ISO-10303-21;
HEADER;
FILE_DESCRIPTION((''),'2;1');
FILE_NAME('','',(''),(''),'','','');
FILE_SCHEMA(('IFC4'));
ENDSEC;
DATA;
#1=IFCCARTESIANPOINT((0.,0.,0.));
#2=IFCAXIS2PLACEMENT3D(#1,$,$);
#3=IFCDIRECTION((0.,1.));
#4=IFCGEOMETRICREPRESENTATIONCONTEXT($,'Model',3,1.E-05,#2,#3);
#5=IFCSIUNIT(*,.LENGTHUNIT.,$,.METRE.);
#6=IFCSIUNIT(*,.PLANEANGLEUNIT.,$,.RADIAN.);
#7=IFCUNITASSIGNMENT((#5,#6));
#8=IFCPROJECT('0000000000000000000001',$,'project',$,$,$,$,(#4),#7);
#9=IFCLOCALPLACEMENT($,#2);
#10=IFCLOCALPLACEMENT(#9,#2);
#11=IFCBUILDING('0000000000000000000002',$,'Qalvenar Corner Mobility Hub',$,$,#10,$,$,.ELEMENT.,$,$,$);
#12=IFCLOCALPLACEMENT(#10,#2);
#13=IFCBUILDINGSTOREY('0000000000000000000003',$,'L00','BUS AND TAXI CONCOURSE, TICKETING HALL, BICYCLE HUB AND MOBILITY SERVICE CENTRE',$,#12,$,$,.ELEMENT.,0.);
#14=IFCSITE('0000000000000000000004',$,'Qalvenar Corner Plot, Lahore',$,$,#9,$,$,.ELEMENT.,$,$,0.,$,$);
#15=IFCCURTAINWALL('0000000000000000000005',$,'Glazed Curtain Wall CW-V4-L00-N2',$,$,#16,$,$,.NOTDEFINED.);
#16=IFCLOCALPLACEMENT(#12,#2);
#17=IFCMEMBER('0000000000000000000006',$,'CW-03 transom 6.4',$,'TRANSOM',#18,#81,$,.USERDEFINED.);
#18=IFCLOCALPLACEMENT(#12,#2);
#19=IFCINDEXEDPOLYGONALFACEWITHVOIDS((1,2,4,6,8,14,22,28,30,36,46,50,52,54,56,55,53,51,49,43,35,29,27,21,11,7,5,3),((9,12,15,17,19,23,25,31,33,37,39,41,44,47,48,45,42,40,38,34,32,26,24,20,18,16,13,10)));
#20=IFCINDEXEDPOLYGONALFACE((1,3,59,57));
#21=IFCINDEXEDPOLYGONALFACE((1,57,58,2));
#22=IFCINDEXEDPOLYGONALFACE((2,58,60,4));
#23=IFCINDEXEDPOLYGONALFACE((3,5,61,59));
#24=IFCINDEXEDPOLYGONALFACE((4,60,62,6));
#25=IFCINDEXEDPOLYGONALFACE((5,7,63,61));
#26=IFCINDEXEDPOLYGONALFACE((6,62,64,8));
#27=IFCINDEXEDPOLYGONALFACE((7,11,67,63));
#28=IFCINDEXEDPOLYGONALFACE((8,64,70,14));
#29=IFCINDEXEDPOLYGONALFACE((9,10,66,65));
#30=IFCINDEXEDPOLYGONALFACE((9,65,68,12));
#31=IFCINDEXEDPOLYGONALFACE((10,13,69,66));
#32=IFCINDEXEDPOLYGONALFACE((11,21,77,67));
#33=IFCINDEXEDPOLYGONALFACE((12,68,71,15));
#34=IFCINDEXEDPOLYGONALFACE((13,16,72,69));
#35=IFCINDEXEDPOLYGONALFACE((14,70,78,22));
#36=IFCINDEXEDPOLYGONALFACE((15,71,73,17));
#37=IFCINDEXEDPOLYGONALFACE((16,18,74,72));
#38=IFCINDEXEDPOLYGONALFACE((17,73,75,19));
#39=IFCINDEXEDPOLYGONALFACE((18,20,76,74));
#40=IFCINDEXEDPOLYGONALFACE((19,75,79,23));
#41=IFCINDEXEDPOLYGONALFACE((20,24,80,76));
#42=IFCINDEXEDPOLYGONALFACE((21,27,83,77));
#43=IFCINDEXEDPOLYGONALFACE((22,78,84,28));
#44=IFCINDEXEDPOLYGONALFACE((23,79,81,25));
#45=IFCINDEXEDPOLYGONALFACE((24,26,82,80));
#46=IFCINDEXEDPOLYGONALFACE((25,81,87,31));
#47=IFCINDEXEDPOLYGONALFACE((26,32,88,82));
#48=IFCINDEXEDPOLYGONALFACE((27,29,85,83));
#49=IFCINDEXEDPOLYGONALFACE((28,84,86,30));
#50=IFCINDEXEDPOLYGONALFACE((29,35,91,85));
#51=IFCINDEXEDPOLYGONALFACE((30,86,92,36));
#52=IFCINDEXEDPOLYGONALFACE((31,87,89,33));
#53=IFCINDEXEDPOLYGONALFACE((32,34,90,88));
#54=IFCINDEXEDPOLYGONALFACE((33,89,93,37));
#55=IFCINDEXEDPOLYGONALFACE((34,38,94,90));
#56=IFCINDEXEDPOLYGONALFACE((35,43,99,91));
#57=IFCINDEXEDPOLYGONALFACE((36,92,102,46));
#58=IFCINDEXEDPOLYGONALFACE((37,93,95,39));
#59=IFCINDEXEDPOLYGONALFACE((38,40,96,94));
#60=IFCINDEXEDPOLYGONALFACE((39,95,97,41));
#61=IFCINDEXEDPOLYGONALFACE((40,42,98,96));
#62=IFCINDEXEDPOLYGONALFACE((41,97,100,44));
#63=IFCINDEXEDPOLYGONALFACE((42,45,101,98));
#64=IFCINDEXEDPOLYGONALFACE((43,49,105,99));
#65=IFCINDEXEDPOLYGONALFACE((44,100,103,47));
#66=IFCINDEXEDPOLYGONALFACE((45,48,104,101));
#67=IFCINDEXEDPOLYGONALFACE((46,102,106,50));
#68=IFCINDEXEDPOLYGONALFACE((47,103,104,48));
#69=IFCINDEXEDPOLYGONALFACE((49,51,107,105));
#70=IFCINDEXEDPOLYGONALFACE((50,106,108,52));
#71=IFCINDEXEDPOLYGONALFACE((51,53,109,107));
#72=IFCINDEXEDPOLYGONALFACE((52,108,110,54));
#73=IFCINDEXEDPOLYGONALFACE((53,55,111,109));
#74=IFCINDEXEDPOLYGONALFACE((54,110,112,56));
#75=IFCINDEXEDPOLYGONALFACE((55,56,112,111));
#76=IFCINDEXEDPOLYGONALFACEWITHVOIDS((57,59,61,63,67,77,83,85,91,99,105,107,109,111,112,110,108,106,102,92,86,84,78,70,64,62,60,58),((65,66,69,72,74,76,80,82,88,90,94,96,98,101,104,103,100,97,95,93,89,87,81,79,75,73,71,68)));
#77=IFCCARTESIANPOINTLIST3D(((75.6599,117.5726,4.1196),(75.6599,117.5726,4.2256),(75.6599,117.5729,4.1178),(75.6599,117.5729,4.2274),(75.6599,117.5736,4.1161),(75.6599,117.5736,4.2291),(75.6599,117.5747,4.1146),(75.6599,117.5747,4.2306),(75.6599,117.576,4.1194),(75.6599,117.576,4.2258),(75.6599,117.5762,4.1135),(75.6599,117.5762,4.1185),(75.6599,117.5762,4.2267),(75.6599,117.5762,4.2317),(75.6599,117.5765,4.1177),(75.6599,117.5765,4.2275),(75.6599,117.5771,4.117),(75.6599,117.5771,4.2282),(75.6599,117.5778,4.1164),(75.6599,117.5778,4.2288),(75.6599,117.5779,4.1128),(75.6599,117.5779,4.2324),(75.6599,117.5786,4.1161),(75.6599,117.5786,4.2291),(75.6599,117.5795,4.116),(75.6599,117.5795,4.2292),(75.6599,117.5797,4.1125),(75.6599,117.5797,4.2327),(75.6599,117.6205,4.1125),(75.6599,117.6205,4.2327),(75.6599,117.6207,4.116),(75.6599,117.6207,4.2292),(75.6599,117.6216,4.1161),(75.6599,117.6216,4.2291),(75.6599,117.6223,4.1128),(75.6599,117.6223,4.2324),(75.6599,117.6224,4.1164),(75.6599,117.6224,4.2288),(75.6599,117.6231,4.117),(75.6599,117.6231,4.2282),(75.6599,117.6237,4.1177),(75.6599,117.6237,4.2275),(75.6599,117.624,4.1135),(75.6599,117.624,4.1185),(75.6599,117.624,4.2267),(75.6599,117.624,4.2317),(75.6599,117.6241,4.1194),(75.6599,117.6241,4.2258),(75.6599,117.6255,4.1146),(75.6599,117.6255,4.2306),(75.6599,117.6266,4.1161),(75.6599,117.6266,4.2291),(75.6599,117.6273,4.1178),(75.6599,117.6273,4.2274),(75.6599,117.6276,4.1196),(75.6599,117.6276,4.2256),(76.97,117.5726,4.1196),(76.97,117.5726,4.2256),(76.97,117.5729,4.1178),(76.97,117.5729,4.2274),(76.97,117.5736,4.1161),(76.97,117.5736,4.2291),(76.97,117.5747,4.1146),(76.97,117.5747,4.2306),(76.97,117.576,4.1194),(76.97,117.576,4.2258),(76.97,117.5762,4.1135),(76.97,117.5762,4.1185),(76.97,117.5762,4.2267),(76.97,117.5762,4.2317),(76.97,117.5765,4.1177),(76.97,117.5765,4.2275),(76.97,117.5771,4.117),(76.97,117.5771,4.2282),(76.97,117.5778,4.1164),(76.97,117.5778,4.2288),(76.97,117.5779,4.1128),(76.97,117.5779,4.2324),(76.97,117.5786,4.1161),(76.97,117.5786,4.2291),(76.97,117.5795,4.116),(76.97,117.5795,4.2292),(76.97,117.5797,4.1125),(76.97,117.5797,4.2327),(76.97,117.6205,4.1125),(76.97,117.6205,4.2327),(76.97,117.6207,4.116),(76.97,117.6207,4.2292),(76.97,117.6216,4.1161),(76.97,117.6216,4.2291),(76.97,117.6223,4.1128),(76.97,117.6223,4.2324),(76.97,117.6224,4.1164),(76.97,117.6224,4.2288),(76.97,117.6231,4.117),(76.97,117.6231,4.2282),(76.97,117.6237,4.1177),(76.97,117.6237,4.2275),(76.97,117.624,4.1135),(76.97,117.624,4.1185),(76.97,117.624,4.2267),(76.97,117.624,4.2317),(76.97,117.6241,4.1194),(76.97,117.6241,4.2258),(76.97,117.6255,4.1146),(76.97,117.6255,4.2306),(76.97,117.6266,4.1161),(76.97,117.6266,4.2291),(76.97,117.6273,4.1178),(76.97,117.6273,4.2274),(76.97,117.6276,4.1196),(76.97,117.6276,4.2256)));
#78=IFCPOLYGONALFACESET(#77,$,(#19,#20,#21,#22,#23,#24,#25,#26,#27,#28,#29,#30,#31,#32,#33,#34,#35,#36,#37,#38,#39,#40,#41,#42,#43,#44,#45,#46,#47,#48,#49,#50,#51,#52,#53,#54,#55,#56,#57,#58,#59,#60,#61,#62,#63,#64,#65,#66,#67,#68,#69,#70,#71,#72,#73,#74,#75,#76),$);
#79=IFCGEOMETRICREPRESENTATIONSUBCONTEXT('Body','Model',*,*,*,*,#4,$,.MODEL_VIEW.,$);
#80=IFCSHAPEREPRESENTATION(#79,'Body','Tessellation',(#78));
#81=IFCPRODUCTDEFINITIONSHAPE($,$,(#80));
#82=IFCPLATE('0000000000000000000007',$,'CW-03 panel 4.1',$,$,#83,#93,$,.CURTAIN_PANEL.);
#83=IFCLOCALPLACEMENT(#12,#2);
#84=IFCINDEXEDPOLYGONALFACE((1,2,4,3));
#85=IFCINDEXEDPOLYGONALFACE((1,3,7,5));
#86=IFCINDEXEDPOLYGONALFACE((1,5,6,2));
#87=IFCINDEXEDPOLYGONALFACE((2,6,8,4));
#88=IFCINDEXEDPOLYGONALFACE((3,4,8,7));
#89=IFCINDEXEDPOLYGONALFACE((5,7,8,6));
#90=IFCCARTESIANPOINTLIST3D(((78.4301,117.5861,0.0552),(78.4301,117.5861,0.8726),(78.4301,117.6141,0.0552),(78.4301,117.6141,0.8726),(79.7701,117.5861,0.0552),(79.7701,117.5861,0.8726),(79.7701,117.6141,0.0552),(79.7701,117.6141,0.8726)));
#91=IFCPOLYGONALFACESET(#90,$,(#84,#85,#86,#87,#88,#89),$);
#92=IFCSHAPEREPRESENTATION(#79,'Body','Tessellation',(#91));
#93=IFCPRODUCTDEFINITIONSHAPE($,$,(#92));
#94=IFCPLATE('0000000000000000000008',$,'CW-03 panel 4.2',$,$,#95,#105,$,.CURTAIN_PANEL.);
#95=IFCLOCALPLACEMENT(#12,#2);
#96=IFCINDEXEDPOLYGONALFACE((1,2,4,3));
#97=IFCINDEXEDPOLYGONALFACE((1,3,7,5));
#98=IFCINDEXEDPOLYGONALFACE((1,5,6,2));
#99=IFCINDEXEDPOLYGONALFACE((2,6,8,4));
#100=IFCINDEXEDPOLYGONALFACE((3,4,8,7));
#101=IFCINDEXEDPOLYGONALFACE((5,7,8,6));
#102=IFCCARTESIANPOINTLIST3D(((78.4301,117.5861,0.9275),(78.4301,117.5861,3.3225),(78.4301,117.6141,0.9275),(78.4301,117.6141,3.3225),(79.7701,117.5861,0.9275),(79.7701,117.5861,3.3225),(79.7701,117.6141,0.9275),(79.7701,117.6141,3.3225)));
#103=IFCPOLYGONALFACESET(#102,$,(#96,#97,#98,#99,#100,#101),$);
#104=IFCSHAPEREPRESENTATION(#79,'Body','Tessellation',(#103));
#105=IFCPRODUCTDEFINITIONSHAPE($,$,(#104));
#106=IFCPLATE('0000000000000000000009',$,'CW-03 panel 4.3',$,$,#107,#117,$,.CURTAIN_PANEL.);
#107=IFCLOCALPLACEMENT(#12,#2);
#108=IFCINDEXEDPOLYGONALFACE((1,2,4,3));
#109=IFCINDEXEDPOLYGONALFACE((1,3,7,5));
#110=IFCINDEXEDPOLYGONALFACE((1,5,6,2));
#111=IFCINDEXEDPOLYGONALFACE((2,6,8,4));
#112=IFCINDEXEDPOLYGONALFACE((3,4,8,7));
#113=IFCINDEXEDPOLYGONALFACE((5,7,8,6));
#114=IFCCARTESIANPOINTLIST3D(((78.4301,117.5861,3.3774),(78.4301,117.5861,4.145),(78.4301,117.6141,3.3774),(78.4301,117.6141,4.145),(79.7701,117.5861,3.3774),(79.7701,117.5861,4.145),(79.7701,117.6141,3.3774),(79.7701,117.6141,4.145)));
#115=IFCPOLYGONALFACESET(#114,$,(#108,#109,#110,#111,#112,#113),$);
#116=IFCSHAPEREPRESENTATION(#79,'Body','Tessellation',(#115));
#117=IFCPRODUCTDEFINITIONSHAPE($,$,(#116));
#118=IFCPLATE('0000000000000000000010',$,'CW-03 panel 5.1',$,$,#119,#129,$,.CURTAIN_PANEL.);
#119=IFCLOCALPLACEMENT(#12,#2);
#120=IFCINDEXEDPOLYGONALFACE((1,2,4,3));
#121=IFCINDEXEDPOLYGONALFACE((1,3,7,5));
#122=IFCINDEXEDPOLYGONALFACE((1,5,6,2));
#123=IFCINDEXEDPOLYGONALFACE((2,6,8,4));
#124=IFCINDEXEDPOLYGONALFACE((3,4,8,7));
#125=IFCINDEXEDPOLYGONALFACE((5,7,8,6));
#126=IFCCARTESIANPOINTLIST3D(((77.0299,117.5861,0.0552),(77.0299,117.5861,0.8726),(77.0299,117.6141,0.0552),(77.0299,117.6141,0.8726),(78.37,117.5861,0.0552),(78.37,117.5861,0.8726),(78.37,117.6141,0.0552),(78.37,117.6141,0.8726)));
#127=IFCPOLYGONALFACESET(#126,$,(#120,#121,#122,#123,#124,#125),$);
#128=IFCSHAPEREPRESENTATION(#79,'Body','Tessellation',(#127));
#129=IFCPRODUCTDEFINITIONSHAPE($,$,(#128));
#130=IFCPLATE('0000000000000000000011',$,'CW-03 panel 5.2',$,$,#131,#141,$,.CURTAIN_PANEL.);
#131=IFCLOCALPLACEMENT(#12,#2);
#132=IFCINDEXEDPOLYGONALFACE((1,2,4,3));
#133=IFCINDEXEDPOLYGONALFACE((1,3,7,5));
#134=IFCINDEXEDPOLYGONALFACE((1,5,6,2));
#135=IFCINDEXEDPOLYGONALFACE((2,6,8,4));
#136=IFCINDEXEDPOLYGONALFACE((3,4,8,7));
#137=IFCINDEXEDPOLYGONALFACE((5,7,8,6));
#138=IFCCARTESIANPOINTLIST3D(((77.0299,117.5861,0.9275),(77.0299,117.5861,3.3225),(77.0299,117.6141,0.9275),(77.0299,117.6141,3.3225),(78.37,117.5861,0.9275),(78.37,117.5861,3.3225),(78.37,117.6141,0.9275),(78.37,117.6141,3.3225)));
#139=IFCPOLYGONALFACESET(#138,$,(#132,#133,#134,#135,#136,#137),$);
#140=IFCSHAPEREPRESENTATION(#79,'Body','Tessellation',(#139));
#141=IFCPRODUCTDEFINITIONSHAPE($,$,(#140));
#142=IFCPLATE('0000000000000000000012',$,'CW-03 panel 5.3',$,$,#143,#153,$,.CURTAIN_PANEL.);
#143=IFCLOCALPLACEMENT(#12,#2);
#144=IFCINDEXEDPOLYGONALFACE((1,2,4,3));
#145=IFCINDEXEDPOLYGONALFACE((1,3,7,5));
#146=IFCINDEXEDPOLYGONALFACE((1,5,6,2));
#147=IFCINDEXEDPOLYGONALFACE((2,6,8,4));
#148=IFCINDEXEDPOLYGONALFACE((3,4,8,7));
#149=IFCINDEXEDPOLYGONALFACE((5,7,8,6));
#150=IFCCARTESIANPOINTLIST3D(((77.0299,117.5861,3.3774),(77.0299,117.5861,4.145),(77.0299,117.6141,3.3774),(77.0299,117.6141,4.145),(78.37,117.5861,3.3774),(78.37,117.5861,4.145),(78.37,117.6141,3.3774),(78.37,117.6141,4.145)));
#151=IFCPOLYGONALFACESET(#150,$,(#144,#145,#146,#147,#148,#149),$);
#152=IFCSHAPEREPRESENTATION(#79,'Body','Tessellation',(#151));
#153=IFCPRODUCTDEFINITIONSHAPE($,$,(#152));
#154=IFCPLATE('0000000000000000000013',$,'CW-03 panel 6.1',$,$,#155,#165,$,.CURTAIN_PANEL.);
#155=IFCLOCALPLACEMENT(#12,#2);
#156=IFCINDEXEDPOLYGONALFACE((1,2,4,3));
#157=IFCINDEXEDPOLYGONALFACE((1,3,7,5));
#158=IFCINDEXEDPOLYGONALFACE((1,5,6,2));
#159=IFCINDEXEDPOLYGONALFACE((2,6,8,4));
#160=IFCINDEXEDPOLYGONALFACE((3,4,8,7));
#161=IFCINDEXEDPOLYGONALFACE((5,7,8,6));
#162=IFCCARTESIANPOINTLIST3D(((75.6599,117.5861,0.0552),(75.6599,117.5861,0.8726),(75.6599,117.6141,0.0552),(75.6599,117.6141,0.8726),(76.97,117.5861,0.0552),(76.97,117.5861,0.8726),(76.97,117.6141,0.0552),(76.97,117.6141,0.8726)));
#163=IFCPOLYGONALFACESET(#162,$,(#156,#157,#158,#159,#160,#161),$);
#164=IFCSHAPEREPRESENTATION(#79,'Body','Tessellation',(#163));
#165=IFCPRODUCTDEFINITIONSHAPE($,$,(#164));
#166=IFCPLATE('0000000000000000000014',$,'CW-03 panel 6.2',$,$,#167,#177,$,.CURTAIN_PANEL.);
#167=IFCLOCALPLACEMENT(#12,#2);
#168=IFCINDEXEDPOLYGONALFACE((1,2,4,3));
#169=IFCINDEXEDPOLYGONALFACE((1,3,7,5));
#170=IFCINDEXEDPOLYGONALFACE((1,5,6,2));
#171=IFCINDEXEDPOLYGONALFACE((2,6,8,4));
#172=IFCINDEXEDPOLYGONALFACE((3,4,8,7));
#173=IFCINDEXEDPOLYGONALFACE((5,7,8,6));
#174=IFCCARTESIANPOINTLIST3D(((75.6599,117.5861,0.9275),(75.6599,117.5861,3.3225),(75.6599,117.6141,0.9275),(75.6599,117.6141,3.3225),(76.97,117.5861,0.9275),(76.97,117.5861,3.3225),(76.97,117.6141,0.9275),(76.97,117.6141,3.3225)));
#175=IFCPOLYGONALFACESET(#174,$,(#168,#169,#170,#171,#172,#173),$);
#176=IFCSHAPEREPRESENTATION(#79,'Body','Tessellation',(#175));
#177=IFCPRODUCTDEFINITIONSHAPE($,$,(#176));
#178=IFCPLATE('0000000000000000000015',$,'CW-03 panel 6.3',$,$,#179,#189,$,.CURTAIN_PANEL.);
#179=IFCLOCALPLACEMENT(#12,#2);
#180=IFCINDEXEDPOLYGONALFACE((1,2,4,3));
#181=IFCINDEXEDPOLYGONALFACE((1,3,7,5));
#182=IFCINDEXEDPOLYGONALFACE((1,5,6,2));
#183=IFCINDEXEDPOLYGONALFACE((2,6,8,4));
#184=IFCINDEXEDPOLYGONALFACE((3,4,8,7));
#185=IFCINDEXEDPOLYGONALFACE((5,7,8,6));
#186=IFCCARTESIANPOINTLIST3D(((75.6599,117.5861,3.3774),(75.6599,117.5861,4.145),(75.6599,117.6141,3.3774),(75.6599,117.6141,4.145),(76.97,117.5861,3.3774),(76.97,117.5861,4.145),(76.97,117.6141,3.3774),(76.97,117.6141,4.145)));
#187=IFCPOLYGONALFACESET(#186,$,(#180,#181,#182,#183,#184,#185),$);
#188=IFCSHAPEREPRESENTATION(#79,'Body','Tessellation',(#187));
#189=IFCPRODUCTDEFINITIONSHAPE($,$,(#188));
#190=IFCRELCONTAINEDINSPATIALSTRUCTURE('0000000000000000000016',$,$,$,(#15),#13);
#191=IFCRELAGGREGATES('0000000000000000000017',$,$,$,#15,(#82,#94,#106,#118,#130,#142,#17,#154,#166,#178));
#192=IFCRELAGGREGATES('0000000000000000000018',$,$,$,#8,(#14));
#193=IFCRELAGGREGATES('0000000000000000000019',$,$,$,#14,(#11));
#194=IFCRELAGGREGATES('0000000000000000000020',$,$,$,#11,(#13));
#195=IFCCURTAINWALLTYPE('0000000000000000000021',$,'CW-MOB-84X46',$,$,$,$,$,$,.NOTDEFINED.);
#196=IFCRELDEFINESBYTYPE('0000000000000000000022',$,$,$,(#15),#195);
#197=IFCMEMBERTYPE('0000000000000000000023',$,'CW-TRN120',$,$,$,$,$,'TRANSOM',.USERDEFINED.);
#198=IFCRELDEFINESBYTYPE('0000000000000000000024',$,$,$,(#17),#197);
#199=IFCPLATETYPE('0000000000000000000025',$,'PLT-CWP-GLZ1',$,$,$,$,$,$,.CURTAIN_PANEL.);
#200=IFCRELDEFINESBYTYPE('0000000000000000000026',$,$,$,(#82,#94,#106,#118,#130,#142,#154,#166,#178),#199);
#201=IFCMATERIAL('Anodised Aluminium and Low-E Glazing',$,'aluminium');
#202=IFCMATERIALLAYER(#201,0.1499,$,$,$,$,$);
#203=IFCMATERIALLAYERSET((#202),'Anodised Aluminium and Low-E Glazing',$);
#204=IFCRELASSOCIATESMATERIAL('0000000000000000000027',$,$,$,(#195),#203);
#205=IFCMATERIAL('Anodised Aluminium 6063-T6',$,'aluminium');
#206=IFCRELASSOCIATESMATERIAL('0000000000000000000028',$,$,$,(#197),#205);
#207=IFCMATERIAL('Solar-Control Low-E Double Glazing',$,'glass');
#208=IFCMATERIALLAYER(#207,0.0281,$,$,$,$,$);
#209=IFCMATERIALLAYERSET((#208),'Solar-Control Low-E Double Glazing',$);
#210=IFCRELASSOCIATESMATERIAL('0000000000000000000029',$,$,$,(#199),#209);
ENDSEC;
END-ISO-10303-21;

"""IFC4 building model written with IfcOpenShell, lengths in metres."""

from ifc_helpers import new_model, si_unit, direction, frame, origin, origin_2d, place, context, subcontext, project, spatial, rectangle, hollow_rectangle, extrude, material, layer, layer_set, material_profile, profile_set, type_object, element, aggregate, save


model = new_model("IFC4")

# Units and contexts
model_context = context("Model", 3, precision=1e-05, world=origin(), true_north=direction((0.0, 1.0)))
body_context = subcontext(model_context, "Body", "Model", "MODEL_VIEW")
ifc_project = project(units=[si_unit("LENGTHUNIT", "METRE"), si_unit("PLANEANGLEUNIT", "RADIAN")], contexts=[model_context])

# Site, building, storey
site_placement = place(None, origin())
site = spatial("IfcSite", under=ifc_project, at=site_placement, Name="Qalvenar Corner Plot, Lahore", CompositionType="ELEMENT", RefElevation=0.0)
building_placement = place(site_placement, origin())
building = spatial("IfcBuilding", under=site, at=building_placement, Name="Qalvenar Corner Mobility Hub", CompositionType="ELEMENT")
storey_placement = place(building_placement, origin())
storey = spatial("IfcBuildingStorey", under=building, at=storey_placement, Name="L00", Description="BUS AND TAXI CONCOURSE, TICKETING HALL, BICYCLE HUB AND MOBILITY SERVICE CENTRE", CompositionType="ELEMENT", Elevation=0.0)

# Curtain wall, member, plates
ifc_material_1 = material(Name="Anodised Aluminium and Low-E Glazing", Category="aluminium")
ifc_layer_1 = layer(ifc_material_1, 0.1499)
ifc_layer_set_1 = layer_set([ifc_layer_1], Name="Anodised Aluminium and Low-E Glazing")
curtain_wall_type = type_object("IfcCurtainWallType", Name="CW-MOB-84X46", PredefinedType="NOTDEFINED", material=ifc_layer_set_1)
curtain_wall_placement = place(storey_placement, origin())
curtain_wall = element("IfcCurtainWall", 1, at=curtain_wall_placement, inside=storey, type_object=curtain_wall_type, Name="Glazed Curtain Wall CW-V4-L00-N2", PredefinedType="NOTDEFINED")
ifc_material_2 = material(Name="Anodised Aluminium 6063-T6", Category="aluminium")
ifc_material_profile_1 = material_profile(ifc_material_2, hollow_rectangle(XDim=0.0549, YDim=0.1201, WallThickness=0.0034, InnerFilletRadius=0.0034, OuterFilletRadius=0.0071, at=origin_2d()), Name="RHS120x55x3.5")
ifc_profile_set_1 = profile_set([ifc_material_profile_1], Name="Anodised Aluminium 6063-T6")
member_type_1 = type_object("IfcMemberType", Name="CW-TRN120", ElementType="TRANSOM", PredefinedType="USERDEFINED", material=ifc_profile_set_1)
member_1_placement = place(storey_placement, frame((76.97, 117.6001, 4.1726), z_axis=(-1.0, 0.0, 0.0), x_axis=(0.0, -1.0, 0.0)))
member_1 = element("IfcMember", 2, at=member_1_placement, type_object=member_type_1, Name="CW-03 transom 6.4", ObjectType="TRANSOM", PredefinedType="USERDEFINED", context=body_context, shape_type="SweptSolid", body=[
    extrude(hollow_rectangle(XDim=0.0549, YDim=0.1201, WallThickness=0.0034, InnerFilletRadius=0.0034, OuterFilletRadius=0.0071, at=origin_2d()), origin(), (0.0, 0.0, 1.0), 1.3101),
])
ifc_material_3 = material(Name="Solar-Control Low-E Double Glazing", Category="glass")
ifc_layer_2 = layer(ifc_material_3, 0.0281)
ifc_layer_set_2 = layer_set([ifc_layer_2], Name="Solar-Control Low-E Double Glazing")
plate_type = type_object("IfcPlateType", Name="PLT-CWP-GLZ1", PredefinedType="CURTAIN_PANEL", material=ifc_layer_set_2)
plate_1_placement = place(storey_placement, frame((79.1001, 117.6001, 0.0552), z_axis=(0.0, 0.0, 1.0), x_axis=(-1.0, 0.0, 0.0)))
plate_1 = element("IfcPlate", 3, at=plate_1_placement, type_object=plate_type, Name="CW-03 panel 4.1", PredefinedType="CURTAIN_PANEL", context=body_context, shape_type="SweptSolid", body=[
    extrude(rectangle(XDim=1.3401, YDim=0.0281, at=origin_2d()), origin(), (0.0, 0.0, 1.0), 0.8174),
])
plate_2_placement = place(storey_placement, frame((79.1001, 117.6001, 0.9275), z_axis=(0.0, 0.0, 1.0), x_axis=(-1.0, 0.0, 0.0)))
plate_2 = element("IfcPlate", 4, at=plate_2_placement, type_object=plate_type, Name="CW-03 panel 4.2", PredefinedType="CURTAIN_PANEL", context=body_context, shape_type="SweptSolid", body=[
    extrude(rectangle(XDim=1.3401, YDim=0.0281, at=origin_2d()), origin(), (0.0, 0.0, 1.0), 2.395),
])
plate_3_placement = place(storey_placement, frame((79.1001, 117.6001, 3.3774), z_axis=(0.0, 0.0, 1.0), x_axis=(-1.0, 0.0, 0.0)))
plate_3 = element("IfcPlate", 5, at=plate_3_placement, type_object=plate_type, Name="CW-03 panel 4.3", PredefinedType="CURTAIN_PANEL", context=body_context, shape_type="SweptSolid", body=[
    extrude(rectangle(XDim=1.3401, YDim=0.0281, at=origin_2d()), origin(), (0.0, 0.0, 1.0), 0.7676),
])
plate_4_placement = place(storey_placement, frame((77.7, 117.6001, 0.0552), z_axis=(0.0, 0.0, 1.0), x_axis=(-1.0, 0.0, 0.0)))
plate_4 = element("IfcPlate", 6, at=plate_4_placement, type_object=plate_type, Name="CW-03 panel 5.1", PredefinedType="CURTAIN_PANEL", context=body_context, shape_type="SweptSolid", body=[
    extrude(rectangle(XDim=1.3401, YDim=0.0281, at=origin_2d()), origin(), (0.0, 0.0, 1.0), 0.8174),
])
plate_5_placement = place(storey_placement, frame((77.7, 117.6001, 0.9275), z_axis=(0.0, 0.0, 1.0), x_axis=(-1.0, 0.0, 0.0)))
plate_5 = element("IfcPlate", 7, at=plate_5_placement, type_object=plate_type, Name="CW-03 panel 5.2", PredefinedType="CURTAIN_PANEL", context=body_context, shape_type="SweptSolid", body=[
    extrude(rectangle(XDim=1.3401, YDim=0.0281, at=origin_2d()), origin(), (0.0, 0.0, 1.0), 2.395),
])
plate_6_placement = place(storey_placement, frame((77.7, 117.6001, 3.3774), z_axis=(0.0, 0.0, 1.0), x_axis=(-1.0, 0.0, 0.0)))
plate_6 = element("IfcPlate", 8, at=plate_6_placement, type_object=plate_type, Name="CW-03 panel 5.3", PredefinedType="CURTAIN_PANEL", context=body_context, shape_type="SweptSolid", body=[
    extrude(rectangle(XDim=1.3401, YDim=0.0281, at=origin_2d()), origin(), (0.0, 0.0, 1.0), 0.7676),
])
plate_7_placement = place(storey_placement, frame((76.3149, 117.6001, 0.0552), z_axis=(0.0, 0.0, 1.0), x_axis=(-1.0, 0.0, 0.0)))
plate_7 = element("IfcPlate", 9, at=plate_7_placement, type_object=plate_type, Name="CW-03 panel 6.1", PredefinedType="CURTAIN_PANEL", context=body_context, shape_type="SweptSolid", body=[
    extrude(rectangle(XDim=1.3101, YDim=0.0281, at=origin_2d()), origin(), (0.0, 0.0, 1.0), 0.8174),
])
plate_8_placement = place(storey_placement, frame((76.3149, 117.6001, 0.9275), z_axis=(0.0, 0.0, 1.0), x_axis=(-1.0, 0.0, 0.0)))
plate_8 = element("IfcPlate", 10, at=plate_8_placement, type_object=plate_type, Name="CW-03 panel 6.2", PredefinedType="CURTAIN_PANEL", context=body_context, shape_type="SweptSolid", body=[
    extrude(rectangle(XDim=1.3101, YDim=0.0281, at=origin_2d()), origin(), (0.0, 0.0, 1.0), 2.395),
])
plate_9_placement = place(storey_placement, frame((76.3149, 117.6001, 3.3774), z_axis=(0.0, 0.0, 1.0), x_axis=(-1.0, 0.0, 0.0)))
plate_9 = element("IfcPlate", 11, at=plate_9_placement, type_object=plate_type, Name="CW-03 panel 6.3", PredefinedType="CURTAIN_PANEL", context=body_context, shape_type="SweptSolid", body=[
    extrude(rectangle(XDim=1.3101, YDim=0.0281, at=origin_2d()), origin(), (0.0, 0.0, 1.0), 0.7676),
])
aggregate(curtain_wall, [plate_1, plate_2, plate_3, plate_4, plate_5, plate_6, member_1, plate_7, plate_8, plate_9])

save(model, "model.ifc")
